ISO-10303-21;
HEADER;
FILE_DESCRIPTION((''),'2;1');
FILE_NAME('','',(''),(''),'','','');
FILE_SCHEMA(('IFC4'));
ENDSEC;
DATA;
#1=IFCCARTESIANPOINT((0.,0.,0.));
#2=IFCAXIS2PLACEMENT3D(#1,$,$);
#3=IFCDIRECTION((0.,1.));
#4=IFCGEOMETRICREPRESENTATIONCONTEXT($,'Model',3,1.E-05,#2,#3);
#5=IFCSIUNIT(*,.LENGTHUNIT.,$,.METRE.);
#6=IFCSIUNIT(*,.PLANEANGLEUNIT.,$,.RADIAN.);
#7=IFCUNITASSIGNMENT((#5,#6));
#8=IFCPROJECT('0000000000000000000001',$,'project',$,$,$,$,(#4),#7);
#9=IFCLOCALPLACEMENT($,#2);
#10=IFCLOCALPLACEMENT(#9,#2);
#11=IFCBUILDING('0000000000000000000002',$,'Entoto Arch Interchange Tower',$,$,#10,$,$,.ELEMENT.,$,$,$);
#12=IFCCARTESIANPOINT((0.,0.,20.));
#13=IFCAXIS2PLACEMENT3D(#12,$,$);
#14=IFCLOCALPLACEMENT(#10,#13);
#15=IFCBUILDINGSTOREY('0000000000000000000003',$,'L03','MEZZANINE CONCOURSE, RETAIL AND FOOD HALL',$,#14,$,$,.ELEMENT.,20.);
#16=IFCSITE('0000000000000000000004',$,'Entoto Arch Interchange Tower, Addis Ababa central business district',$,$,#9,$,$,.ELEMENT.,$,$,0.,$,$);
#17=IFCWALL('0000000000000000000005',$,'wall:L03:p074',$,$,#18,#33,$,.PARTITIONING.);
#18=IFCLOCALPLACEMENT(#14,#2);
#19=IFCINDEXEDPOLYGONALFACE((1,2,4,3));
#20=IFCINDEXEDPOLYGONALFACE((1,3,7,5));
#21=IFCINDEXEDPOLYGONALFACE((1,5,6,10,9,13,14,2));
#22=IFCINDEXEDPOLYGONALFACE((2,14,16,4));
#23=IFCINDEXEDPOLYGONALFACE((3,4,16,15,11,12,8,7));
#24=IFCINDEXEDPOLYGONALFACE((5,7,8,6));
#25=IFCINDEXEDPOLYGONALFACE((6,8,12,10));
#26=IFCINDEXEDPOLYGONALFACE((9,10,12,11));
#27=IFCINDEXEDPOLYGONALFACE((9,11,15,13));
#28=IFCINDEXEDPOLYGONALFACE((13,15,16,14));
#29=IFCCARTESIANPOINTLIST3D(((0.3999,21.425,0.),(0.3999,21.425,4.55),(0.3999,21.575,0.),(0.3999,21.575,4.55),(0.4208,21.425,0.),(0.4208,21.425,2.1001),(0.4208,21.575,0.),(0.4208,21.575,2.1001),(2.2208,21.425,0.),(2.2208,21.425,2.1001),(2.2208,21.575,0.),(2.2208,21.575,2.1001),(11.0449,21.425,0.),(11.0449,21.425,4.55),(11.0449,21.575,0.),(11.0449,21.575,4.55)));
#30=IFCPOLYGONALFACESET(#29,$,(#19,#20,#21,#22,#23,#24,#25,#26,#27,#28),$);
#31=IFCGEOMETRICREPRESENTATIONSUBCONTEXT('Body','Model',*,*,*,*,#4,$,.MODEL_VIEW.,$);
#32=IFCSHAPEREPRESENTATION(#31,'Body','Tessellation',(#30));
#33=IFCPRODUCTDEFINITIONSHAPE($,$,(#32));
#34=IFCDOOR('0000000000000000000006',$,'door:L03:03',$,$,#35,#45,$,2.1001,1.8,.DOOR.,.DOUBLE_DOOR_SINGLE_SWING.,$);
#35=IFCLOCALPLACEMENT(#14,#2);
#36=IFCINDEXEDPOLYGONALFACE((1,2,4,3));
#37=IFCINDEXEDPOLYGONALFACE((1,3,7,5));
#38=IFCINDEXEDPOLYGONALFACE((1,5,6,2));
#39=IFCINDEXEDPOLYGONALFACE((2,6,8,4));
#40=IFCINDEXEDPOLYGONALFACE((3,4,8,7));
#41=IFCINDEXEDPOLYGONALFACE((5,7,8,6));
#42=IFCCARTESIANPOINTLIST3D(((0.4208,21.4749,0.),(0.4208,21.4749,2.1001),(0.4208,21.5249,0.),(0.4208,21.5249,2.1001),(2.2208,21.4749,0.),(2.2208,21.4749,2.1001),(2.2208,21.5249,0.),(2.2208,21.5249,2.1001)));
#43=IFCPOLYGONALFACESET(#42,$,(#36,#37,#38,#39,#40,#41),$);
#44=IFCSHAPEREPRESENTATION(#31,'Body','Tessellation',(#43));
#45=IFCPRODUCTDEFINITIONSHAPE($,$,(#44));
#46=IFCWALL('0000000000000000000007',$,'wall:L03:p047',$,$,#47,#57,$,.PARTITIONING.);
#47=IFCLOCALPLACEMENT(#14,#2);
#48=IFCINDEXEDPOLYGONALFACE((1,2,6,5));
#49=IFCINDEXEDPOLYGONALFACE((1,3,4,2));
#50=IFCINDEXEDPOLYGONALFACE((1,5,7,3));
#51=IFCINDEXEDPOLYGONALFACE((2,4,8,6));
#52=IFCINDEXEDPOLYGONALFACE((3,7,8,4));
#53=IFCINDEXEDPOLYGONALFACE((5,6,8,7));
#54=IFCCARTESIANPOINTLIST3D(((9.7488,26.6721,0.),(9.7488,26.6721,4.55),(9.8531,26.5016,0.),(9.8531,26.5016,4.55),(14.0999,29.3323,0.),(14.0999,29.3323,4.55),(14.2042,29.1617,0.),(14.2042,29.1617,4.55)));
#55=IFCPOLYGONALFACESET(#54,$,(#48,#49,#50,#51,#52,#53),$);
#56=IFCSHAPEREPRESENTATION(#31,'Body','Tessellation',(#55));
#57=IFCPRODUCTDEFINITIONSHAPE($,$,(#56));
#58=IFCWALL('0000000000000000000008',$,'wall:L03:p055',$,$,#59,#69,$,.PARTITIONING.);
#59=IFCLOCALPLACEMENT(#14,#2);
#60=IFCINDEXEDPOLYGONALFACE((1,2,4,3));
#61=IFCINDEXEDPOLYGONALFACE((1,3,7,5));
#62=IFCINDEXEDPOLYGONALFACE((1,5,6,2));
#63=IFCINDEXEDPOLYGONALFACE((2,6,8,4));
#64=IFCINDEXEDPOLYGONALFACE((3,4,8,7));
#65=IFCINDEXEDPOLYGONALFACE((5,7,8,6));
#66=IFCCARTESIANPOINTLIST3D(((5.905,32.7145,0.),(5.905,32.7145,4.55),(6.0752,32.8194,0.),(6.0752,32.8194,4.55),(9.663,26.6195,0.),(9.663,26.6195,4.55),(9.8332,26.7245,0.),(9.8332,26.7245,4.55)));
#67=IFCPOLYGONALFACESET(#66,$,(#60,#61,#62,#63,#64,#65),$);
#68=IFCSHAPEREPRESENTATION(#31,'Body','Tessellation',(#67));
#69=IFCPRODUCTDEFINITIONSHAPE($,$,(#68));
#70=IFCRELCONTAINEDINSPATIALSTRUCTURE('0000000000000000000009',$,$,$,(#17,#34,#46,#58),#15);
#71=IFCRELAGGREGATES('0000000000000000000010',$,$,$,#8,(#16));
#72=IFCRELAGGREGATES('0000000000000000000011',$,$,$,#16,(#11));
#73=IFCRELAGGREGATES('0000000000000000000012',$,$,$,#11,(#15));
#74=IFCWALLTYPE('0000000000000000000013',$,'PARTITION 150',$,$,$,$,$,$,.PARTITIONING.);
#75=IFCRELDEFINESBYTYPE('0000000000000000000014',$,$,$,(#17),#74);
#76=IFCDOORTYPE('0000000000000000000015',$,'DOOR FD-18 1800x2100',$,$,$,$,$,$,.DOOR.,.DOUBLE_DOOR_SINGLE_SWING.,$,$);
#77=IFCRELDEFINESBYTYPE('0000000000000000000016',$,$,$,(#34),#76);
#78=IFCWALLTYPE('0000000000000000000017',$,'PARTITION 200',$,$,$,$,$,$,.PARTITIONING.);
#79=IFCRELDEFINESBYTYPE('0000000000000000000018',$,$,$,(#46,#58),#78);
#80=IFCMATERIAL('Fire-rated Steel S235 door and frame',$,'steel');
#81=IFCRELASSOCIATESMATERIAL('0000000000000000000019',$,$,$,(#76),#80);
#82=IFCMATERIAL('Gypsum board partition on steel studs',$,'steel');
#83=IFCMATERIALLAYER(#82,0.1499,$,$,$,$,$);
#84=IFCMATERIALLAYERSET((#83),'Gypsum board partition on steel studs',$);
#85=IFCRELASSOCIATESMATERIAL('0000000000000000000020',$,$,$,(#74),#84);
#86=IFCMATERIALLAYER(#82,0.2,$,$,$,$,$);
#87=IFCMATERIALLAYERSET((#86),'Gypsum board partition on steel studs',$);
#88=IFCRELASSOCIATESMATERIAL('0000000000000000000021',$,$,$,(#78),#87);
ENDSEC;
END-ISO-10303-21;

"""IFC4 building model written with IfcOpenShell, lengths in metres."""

from ifc_helpers import new_model, si_unit, direction, frame, frame_2d, origin, place, context, subcontext, project, spatial, rectangle, extrude, material, layer, layer_set, type_object, element, fill, save


model = new_model("IFC4")

# Units and contexts
model_context = context("Model", 3, precision=1e-05, world=origin(), true_north=direction((0.0, 1.0)))
body_context = subcontext(model_context, "Body", "Model", "MODEL_VIEW")
ifc_project = project(units=[si_unit("LENGTHUNIT", "METRE"), si_unit("PLANEANGLEUNIT", "RADIAN")], contexts=[model_context])

# Site, building, storey
site_placement = place(None, origin())
site = spatial("IfcSite", under=ifc_project, at=site_placement, Name="Entoto Arch Interchange Tower, Addis Ababa central business district", CompositionType="ELEMENT", RefElevation=0.0)
building_placement = place(site_placement, origin())
building = spatial("IfcBuilding", under=site, at=building_placement, Name="Entoto Arch Interchange Tower", CompositionType="ELEMENT")
storey_placement = place(building_placement, frame((0.0, 0.0, 20.0)))
storey = spatial("IfcBuildingStorey", under=building, at=storey_placement, Name="L03", Description="MEZZANINE CONCOURSE, RETAIL AND FOOD HALL", CompositionType="ELEMENT", Elevation=20.0)

# Shared definitions
ifc_material_1 = material(Name="Fire-rated Steel S235 door and frame", Category="steel")
door_type_1 = type_object("IfcDoorType", Name="DOOR FD-18 1800x2100", OperationType="DOUBLE_DOOR_SINGLE_SWING", PredefinedType="DOOR", material=ifc_material_1)

# Wall, opening, door
ifc_material_2 = material(Name="Gypsum board partition on steel studs", Category="steel")
ifc_layer_1 = layer(ifc_material_2, 0.1499)
ifc_layer_set_1 = layer_set([ifc_layer_1], Name="Gypsum board partition on steel studs")
wall_type_1 = type_object("IfcWallType", Name="PARTITION 150", PredefinedType="PARTITIONING", material=ifc_layer_set_1)
wall_1_placement = place(storey_placement, frame((0.3999, 21.5, 0.0), z_axis=(0.0, 0.0, 1.0), x_axis=(1.0, 0.0, 0.0)))
wall_1 = element("IfcWall", 1, at=wall_1_placement, inside=storey, type_object=wall_type_1, Name="wall:L03:p074", PredefinedType="PARTITIONING", context=body_context, shape_type="SweptSolid", body=[
    extrude(rectangle(XDim=10.645, YDim=0.1499, at=frame_2d((5.3225, 0.0))), origin(), (0.0, 0.0, 1.0), 4.55),
])
opening_1_placement = place(wall_1_placement, frame((0.021, 0.0, 0.0)))
opening_1 = element("IfcOpeningElement", 2, at=opening_1_placement, cuts=wall_1, PredefinedType="OPENING", context=body_context, shape_type="SweptSolid", body=[
    extrude(rectangle(XDim=1.8, YDim=2.1001, at=frame_2d((0.8999, 1.05))), frame((0.0, 0.085, 0.0), z_axis=(0.0, -1.0, 0.0), x_axis=(1.0, 0.0, 0.0)), (0.0, 0.0, 1.0), 0.1699),
])
door_1_placement = place(opening_1_placement, origin())
door_1 = element("IfcDoor", 3, at=door_1_placement, inside=storey, type_object=door_type_1, Name="door:L03:03", OperationType="DOUBLE_DOOR_SINGLE_SWING", OverallHeight=2.1001, OverallWidth=1.8, PredefinedType="DOOR", context=body_context, shape_type="SweptSolid", body=[
    extrude(rectangle(XDim=1.8, YDim=2.1001, at=frame_2d((0.8999, 1.05))), frame((0.0, 0.0249, 0.0), z_axis=(0.0, -1.0, 0.0), x_axis=(1.0, 0.0, 0.0)), (0.0, 0.0, 1.0), 0.05),
])
fill(opening_1, door_1)

# Walls
ifc_layer_2 = layer(ifc_material_2, 0.2)
ifc_layer_set_2 = layer_set([ifc_layer_2], Name="Gypsum board partition on steel studs")
wall_type_2 = type_object("IfcWallType", Name="PARTITION 200", PredefinedType="PARTITIONING", material=ifc_layer_set_2)
wall_2_placement = place(storey_placement, frame((9.801, 26.5869, 0.0), z_axis=(0.0, 0.0, 1.0), x_axis=(0.85318, 0.521617, 0.0)))
element("IfcWall", 4, at=wall_2_placement, inside=storey, type_object=wall_type_2, Name="wall:L03:p047", PredefinedType="PARTITIONING", context=body_context, shape_type="SweptSolid", body=[
    extrude(rectangle(XDim=5.0999, YDim=0.2, at=frame_2d((2.5498, 0.0))), origin(), (0.0, 0.0, 1.0), 4.55),
])
wall_3_placement = place(storey_placement, frame((9.748, 26.6721, 0.0), z_axis=(0.0, 0.0, 1.0), x_axis=(-0.524837, 0.851203, 0.0)))
element("IfcWall", 5, at=wall_3_placement, inside=storey, type_object=wall_type_2, Name="wall:L03:p055", PredefinedType="PARTITIONING", context=body_context, shape_type="SweptSolid", body=[
    extrude(rectangle(XDim=7.1604, YDim=0.2, at=frame_2d((3.5801, 0.0))), origin(), (0.0, 0.0, 1.0), 4.55),
])

save(model, "model.ifc")
